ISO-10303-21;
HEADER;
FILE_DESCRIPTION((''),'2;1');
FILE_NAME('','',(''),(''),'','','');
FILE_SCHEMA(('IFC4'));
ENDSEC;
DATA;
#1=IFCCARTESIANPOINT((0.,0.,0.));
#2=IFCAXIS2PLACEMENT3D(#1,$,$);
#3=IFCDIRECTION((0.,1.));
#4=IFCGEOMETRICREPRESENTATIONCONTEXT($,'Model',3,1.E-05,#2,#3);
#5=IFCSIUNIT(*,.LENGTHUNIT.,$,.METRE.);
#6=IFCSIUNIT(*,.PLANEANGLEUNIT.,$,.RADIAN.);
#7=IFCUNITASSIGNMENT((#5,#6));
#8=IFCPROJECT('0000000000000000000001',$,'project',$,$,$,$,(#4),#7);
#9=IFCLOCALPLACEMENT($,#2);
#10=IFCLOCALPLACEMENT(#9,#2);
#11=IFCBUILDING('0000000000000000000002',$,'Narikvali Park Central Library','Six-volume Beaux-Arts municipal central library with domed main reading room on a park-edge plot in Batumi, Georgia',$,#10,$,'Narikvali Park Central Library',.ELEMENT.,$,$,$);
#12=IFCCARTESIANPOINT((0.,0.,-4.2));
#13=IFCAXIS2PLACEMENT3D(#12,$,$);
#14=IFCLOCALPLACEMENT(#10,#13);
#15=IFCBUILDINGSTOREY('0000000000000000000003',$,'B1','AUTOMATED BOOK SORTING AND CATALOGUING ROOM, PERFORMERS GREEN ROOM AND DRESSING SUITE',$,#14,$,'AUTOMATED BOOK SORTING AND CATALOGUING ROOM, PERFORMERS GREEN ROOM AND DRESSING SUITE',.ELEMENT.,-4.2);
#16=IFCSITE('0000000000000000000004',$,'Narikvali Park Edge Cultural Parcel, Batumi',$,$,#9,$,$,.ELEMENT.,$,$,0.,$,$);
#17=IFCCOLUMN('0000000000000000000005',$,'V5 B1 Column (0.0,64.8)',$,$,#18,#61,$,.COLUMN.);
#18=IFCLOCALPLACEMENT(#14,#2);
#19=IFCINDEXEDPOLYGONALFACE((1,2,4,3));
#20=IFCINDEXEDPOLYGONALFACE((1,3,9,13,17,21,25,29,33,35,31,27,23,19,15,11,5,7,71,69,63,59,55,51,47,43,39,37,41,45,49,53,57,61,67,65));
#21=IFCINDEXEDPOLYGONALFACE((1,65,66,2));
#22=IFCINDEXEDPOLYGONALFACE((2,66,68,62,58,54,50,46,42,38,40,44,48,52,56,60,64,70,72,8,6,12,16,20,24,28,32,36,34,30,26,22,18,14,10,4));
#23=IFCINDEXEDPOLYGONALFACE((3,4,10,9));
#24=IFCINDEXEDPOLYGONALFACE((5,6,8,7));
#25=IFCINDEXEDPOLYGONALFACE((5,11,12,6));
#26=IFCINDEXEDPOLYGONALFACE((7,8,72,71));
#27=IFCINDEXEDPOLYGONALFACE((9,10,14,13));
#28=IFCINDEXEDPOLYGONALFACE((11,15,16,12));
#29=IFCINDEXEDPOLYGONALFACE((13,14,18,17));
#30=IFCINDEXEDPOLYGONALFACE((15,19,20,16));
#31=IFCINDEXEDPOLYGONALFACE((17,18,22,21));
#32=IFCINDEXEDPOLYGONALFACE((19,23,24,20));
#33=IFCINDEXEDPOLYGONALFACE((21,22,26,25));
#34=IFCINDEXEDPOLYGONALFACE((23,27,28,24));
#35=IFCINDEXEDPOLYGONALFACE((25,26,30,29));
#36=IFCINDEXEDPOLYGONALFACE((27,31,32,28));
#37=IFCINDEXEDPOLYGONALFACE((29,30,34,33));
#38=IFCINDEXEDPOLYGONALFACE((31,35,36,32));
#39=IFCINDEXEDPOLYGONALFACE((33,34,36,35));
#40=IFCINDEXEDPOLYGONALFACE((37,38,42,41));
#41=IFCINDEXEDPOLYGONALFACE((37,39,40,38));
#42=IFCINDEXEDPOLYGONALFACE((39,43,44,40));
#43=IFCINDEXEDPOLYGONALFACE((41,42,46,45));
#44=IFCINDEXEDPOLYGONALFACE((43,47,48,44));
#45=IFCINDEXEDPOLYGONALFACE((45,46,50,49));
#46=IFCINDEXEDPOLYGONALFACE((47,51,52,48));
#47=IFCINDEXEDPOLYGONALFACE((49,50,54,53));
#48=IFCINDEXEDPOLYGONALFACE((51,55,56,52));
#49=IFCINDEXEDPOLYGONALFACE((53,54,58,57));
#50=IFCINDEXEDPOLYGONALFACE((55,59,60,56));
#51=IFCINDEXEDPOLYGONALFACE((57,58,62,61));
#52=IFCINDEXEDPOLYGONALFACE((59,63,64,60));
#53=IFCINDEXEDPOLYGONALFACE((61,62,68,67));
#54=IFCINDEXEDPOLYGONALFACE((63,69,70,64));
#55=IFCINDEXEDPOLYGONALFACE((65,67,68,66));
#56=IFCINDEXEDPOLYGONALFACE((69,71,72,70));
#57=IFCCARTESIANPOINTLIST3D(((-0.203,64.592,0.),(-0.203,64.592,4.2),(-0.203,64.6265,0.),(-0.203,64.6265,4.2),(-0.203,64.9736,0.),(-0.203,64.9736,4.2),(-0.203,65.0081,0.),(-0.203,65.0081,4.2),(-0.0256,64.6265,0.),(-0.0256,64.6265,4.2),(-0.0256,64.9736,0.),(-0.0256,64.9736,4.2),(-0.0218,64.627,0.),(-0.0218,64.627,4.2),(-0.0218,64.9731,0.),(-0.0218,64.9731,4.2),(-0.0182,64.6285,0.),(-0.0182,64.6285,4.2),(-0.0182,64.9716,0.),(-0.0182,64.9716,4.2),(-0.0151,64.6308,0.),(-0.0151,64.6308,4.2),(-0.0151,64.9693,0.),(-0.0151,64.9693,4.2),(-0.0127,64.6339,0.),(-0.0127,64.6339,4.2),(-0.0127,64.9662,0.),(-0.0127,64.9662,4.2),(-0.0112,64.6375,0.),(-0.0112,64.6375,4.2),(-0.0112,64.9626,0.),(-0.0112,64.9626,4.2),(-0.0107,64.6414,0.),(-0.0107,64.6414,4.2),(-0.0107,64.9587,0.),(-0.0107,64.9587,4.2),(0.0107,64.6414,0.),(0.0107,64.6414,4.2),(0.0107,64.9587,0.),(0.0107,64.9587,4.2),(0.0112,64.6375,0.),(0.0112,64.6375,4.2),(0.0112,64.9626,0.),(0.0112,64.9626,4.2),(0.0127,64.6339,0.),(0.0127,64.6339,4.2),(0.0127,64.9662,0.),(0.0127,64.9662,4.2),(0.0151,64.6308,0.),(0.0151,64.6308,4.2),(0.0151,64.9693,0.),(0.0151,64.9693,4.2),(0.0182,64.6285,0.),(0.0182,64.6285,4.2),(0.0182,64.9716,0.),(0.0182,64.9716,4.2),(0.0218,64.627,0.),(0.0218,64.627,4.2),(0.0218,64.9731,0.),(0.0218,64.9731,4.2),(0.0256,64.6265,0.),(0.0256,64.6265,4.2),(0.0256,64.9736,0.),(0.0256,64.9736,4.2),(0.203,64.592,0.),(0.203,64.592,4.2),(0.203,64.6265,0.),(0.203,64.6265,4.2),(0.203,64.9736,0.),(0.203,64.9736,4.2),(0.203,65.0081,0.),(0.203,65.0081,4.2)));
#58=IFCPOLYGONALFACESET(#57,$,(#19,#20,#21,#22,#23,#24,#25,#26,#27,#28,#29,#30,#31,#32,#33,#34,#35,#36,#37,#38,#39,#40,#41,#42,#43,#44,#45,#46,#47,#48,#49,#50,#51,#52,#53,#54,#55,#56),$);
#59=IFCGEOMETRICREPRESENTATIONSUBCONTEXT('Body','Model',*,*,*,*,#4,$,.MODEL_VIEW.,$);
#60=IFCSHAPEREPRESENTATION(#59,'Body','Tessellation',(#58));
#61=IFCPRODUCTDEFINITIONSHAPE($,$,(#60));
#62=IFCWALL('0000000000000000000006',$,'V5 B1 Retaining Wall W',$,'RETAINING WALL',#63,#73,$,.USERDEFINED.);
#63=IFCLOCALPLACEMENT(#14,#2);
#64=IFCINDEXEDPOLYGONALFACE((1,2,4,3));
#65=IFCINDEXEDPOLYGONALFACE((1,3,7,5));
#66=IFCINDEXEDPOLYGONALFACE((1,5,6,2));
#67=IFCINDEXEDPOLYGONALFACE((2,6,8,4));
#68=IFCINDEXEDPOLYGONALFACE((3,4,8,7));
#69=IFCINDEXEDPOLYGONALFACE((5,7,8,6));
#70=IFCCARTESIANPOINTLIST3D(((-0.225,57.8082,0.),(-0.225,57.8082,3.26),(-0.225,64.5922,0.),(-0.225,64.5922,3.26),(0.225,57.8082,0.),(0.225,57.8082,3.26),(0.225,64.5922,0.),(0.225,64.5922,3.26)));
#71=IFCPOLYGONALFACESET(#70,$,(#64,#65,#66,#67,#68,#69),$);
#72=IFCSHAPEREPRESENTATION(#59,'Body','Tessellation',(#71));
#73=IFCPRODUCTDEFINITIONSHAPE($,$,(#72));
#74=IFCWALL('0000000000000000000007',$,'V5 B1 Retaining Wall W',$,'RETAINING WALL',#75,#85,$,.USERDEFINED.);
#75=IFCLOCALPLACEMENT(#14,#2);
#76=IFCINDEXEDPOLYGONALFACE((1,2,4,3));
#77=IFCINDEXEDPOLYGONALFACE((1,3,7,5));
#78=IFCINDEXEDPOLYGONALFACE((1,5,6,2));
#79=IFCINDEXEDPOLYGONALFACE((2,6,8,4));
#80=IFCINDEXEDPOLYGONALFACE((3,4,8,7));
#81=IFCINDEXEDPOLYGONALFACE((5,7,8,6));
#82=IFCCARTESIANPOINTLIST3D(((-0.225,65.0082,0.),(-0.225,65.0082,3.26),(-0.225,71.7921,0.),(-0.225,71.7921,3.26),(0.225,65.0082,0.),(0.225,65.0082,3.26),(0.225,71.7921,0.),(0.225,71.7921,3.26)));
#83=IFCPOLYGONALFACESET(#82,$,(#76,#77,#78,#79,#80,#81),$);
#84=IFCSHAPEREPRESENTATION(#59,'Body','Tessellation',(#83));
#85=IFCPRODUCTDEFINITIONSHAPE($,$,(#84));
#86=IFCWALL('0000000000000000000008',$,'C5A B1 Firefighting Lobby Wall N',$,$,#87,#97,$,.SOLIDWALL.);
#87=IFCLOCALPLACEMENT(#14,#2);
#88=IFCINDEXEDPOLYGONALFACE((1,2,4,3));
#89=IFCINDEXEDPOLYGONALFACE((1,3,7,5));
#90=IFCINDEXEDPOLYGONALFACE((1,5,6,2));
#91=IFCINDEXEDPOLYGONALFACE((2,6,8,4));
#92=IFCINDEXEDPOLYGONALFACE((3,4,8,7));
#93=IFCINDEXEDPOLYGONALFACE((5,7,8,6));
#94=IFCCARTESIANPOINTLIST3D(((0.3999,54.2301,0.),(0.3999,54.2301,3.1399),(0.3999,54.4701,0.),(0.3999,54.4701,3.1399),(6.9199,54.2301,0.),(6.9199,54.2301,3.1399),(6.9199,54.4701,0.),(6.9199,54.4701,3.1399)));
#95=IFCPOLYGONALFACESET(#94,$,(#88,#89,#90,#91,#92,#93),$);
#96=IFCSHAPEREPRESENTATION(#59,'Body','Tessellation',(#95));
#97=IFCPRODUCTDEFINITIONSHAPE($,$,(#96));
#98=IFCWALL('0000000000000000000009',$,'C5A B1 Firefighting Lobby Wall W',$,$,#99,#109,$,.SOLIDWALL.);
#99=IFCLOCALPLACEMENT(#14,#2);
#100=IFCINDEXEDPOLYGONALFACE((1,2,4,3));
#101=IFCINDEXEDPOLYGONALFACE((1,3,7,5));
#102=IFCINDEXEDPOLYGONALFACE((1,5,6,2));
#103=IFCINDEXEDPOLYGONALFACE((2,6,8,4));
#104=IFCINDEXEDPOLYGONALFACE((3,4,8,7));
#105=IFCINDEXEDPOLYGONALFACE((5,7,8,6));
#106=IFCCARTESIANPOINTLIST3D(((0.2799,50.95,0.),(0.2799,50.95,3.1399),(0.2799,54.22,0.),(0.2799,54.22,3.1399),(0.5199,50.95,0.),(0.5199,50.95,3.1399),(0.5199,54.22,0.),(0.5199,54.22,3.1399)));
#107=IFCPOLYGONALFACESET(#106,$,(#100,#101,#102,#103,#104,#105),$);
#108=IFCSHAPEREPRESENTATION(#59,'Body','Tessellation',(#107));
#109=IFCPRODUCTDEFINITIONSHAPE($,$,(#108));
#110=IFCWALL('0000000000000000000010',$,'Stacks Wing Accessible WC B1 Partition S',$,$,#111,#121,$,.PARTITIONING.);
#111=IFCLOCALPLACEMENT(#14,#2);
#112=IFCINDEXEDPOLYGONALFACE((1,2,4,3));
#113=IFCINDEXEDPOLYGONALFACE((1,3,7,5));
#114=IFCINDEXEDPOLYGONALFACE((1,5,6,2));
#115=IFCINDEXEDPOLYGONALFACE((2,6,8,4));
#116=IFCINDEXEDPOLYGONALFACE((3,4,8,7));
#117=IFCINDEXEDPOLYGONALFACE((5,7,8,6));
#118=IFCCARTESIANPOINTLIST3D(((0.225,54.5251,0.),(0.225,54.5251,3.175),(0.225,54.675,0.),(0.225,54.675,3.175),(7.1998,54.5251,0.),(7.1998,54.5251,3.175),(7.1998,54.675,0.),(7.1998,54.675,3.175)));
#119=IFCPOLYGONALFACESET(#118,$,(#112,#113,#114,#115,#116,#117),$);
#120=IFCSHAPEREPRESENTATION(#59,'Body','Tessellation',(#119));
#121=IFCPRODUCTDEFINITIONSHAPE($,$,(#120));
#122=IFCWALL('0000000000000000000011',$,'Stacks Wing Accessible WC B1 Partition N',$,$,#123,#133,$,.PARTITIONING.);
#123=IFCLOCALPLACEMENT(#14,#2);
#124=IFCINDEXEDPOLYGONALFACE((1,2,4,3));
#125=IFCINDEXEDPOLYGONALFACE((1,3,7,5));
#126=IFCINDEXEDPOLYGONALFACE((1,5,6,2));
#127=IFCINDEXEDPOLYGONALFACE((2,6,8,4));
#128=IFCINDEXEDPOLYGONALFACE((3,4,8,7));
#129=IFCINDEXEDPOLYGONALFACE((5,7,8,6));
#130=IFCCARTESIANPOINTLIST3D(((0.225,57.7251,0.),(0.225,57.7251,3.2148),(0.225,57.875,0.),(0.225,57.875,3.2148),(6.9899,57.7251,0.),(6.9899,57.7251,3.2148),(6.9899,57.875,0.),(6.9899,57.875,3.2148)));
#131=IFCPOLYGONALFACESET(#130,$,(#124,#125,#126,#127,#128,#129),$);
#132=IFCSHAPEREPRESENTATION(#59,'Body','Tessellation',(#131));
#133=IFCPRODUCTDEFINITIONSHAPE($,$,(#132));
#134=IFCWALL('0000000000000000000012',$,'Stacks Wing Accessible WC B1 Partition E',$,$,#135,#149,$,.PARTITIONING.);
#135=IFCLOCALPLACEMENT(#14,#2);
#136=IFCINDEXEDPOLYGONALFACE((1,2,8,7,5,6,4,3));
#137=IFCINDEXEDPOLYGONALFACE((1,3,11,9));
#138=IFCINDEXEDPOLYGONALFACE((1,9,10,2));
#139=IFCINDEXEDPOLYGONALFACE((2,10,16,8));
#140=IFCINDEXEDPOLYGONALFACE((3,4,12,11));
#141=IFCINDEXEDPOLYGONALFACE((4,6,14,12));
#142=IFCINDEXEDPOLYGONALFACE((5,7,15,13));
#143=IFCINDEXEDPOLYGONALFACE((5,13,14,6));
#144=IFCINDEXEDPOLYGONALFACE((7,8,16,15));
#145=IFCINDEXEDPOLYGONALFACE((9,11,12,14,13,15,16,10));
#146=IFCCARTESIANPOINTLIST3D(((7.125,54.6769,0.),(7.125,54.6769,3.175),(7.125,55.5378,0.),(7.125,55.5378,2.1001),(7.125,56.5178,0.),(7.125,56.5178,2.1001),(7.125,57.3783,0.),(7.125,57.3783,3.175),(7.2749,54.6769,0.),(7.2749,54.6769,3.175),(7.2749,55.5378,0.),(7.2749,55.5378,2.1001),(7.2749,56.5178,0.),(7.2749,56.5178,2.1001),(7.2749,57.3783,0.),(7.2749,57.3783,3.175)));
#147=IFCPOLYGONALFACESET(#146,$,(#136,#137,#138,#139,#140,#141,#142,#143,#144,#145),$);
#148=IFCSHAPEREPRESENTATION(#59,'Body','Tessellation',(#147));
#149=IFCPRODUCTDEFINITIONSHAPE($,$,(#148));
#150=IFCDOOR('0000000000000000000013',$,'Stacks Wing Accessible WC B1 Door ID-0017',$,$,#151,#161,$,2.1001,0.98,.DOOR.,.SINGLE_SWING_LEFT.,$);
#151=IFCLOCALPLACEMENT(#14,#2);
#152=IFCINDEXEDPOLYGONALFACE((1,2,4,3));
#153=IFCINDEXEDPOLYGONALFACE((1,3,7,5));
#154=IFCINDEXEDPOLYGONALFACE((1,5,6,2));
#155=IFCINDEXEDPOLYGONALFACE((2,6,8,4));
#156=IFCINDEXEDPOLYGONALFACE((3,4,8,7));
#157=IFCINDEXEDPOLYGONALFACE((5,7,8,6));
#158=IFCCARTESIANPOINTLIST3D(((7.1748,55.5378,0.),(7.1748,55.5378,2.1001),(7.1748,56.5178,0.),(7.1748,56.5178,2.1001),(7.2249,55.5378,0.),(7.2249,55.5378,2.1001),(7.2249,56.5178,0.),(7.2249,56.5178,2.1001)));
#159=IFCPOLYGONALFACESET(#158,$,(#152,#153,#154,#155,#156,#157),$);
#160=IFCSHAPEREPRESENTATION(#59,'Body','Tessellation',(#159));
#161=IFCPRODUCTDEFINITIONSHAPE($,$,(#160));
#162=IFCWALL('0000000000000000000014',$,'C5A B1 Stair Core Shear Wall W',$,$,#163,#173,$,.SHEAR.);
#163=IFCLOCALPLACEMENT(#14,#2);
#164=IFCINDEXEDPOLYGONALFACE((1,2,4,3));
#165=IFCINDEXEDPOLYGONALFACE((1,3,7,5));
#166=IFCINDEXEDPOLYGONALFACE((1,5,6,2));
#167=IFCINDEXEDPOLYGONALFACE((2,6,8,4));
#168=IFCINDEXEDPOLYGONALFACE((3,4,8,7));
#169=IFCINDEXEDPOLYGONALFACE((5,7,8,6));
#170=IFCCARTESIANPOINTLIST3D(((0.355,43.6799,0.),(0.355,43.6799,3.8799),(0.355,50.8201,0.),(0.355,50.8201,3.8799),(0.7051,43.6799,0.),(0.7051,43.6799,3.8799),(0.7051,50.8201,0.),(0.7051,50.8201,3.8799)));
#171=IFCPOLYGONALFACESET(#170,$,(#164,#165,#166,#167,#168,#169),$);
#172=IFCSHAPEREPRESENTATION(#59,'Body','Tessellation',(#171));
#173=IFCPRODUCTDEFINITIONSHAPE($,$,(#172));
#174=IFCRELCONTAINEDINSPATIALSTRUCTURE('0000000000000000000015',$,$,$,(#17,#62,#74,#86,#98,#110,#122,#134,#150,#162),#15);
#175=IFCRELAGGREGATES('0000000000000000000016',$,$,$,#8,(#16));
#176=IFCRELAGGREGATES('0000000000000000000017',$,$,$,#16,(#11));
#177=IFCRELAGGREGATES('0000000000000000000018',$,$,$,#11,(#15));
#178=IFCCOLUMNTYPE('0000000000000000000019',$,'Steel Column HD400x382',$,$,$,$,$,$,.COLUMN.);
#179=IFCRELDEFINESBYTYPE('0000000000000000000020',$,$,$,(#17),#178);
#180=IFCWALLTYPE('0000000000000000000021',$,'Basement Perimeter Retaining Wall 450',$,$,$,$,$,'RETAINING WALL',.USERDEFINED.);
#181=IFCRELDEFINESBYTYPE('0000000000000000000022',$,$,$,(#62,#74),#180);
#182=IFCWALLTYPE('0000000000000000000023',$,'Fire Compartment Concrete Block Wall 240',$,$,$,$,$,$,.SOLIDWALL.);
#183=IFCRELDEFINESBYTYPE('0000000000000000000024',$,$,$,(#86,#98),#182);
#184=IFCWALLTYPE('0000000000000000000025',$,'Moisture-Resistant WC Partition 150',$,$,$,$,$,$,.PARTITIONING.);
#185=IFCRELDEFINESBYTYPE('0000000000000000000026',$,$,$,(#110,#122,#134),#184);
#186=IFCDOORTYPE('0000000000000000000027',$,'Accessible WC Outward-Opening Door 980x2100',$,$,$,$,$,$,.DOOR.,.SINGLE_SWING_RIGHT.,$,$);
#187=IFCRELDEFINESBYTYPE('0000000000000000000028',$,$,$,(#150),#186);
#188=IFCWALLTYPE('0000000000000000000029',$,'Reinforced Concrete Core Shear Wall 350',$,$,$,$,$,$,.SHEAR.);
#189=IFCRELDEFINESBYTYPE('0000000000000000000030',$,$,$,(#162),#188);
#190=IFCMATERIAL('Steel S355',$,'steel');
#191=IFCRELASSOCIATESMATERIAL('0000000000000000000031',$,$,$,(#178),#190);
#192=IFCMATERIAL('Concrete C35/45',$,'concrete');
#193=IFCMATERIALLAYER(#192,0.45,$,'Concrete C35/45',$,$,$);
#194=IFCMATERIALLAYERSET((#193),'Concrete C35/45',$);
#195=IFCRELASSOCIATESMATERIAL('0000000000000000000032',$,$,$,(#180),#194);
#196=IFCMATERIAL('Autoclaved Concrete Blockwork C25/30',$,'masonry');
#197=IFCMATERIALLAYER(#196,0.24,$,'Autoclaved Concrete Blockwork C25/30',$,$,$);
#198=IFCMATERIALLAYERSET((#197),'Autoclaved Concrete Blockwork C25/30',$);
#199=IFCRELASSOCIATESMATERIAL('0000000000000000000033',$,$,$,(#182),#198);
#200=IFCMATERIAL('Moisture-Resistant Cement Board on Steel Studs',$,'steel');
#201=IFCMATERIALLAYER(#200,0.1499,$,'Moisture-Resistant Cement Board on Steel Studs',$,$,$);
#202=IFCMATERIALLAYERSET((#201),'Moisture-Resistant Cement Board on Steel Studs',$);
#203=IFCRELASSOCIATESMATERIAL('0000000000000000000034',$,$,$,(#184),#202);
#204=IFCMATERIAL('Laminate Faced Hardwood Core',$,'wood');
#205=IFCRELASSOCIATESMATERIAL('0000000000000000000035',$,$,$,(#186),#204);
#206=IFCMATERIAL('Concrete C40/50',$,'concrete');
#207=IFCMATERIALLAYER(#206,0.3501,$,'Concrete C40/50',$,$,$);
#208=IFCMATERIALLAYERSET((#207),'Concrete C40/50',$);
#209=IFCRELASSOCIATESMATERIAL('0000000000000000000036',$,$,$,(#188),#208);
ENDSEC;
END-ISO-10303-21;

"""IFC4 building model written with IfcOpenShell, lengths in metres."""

from ifc_helpers import new_model, si_unit, direction, frame, frame_2d, origin, origin_2d, place, context, subcontext, project, spatial, rectangle, i_section, extrude, material, layer, layer_set, material_profile, profile_set, type_object, element, fill, save


model = new_model("IFC4")

# Units and contexts
model_context = context("Model", 3, precision=1e-05, world=origin(), true_north=direction((0.0, 1.0)))
body_context = subcontext(model_context, "Body", "Model", "MODEL_VIEW")
ifc_project = project(units=[si_unit("LENGTHUNIT", "METRE"), si_unit("PLANEANGLEUNIT", "RADIAN")], contexts=[model_context])

# Site, building, storey
site_placement = place(None, origin())
site = spatial("IfcSite", under=ifc_project, at=site_placement, Name="Narikvali Park Edge Cultural Parcel, Batumi", CompositionType="ELEMENT", RefElevation=0.0)
building_placement = place(site_placement, origin())
building = spatial("IfcBuilding", under=site, at=building_placement, Name="Narikvali Park Central Library", Description="Six-volume Beaux-Arts municipal central library with domed main reading room on a park-edge plot in Batumi, Georgia", LongName="Narikvali Park Central Library", CompositionType="ELEMENT")
storey_placement = place(building_placement, frame((0.0, 0.0, -4.2)))
storey = spatial("IfcBuildingStorey", under=building, at=storey_placement, Name="B1", Description="AUTOMATED BOOK SORTING AND CATALOGUING ROOM, PERFORMERS GREEN ROOM AND DRESSING SUITE", LongName="AUTOMATED BOOK SORTING AND CATALOGUING ROOM, PERFORMERS GREEN ROOM AND DRESSING SUITE", CompositionType="ELEMENT", Elevation=-4.2)

# Shared definitions
ifc_material_1 = material(Name="Concrete C35/45", Category="concrete")

# Column
ifc_material_2 = material(Name="Steel S355", Category="steel")
ifc_material_profile_1 = material_profile(ifc_material_2, i_section(OverallWidth=0.406, OverallDepth=0.416, WebThickness=0.0215, FlangeThickness=0.0344, FilletRadius=0.0149, at=origin_2d()), Name="HD 400x382")
ifc_profile_set_1 = profile_set([ifc_material_profile_1], Name="Steel S355")
column_type_1 = type_object("IfcColumnType", Name="Steel Column HD400x382", PredefinedType="COLUMN", material=ifc_profile_set_1)
for number, where, z_axis, x_axis, name in (
    (1, (0.0, 64.8, 0.0), (0.0, 0.0, 1.0), (1.0, 0.0, 0.0), "V5 B1 Column (0.0,64.8)"),
):
    element("IfcColumn", number, at=place(storey_placement, frame(where, z_axis=z_axis, x_axis=x_axis)), inside=storey, type_object=column_type_1, Name=name, PredefinedType="COLUMN", context=body_context, shape_type="SweptSolid", body=[
        extrude(i_section(OverallWidth=0.406, OverallDepth=0.416, WebThickness=0.0215, FlangeThickness=0.0344, FilletRadius=0.0149, at=origin_2d()), origin(), (0.0, 0.0, 1.0), 4.2),
    ])

# Walls
ifc_layer_1 = layer(ifc_material_1, 0.45, Name="Concrete C35/45")
ifc_layer_set_1 = layer_set([ifc_layer_1], Name="Concrete C35/45")
wall_type_1 = type_object("IfcWallType", Name="Basement Perimeter Retaining Wall 450", ElementType="RETAINING WALL", PredefinedType="USERDEFINED", material=ifc_layer_set_1)
for number, where, z_axis, x_axis, name in (
    (2, (0.0, 57.8081, 0.0), (0.0, 0.0, 1.0), (0.0, 1.0, 0.0), "V5 B1 Retaining Wall W"),
    (3, (0.0, 65.0081, 0.0), (0.0, 0.0, 1.0), (0.0, 1.0, 0.0), "V5 B1 Retaining Wall W"),
):
    element("IfcWall", number, at=place(storey_placement, frame(where, z_axis=z_axis, x_axis=x_axis)), inside=storey, type_object=wall_type_1, Name=name, ObjectType="RETAINING WALL", PredefinedType="USERDEFINED", context=body_context, shape_type="SweptSolid", body=[
        extrude(rectangle(XDim=6.7839, YDim=0.45, at=frame_2d((3.3921, 0.0))), origin(), (0.0, 0.0, 1.0), 3.26),
    ])

# Shared definitions
ifc_material_3 = material(Name="Autoclaved Concrete Blockwork C25/30", Category="masonry")
ifc_layer_2 = layer(ifc_material_3, 0.24, Name="Autoclaved Concrete Blockwork C25/30")
ifc_layer_set_2 = layer_set([ifc_layer_2], Name="Autoclaved Concrete Blockwork C25/30")
wall_type_2 = type_object("IfcWallType", Name="Fire Compartment Concrete Block Wall 240", PredefinedType="SOLIDWALL", material=ifc_layer_set_2)

# Walls
wall_1_placement = place(storey_placement, frame((0.3999, 54.3501, 0.0), z_axis=(0.0, 0.0, 1.0), x_axis=(1.0, 0.0, 0.0)))
element("IfcWall", 4, at=wall_1_placement, inside=storey, type_object=wall_type_2, Name="C5A B1 Firefighting Lobby Wall N", PredefinedType="SOLIDWALL", context=body_context, shape_type="SweptSolid", body=[
    extrude(rectangle(XDim=6.52, YDim=0.24, at=frame_2d((3.26, 0.0))), origin(), (0.0, 0.0, 1.0), 3.1399),
])
wall_2_placement = place(storey_placement, frame((0.3999, 50.95, 0.0), z_axis=(0.0, 0.0, 1.0), x_axis=(0.0, 1.0, 0.0)))
element("IfcWall", 5, at=wall_2_placement, inside=storey, type_object=wall_type_2, Name="C5A B1 Firefighting Lobby Wall W", PredefinedType="SOLIDWALL", context=body_context, shape_type="SweptSolid", body=[
    extrude(rectangle(XDim=3.27, YDim=0.24, at=frame_2d((1.635, 0.0))), origin(), (0.0, 0.0, 1.0), 3.1399),
])
ifc_material_4 = material(Name="Moisture-Resistant Cement Board on Steel Studs", Category="steel")
ifc_layer_3 = layer(ifc_material_4, 0.1499, Name="Moisture-Resistant Cement Board on Steel Studs")
ifc_layer_set_3 = layer_set([ifc_layer_3], Name="Moisture-Resistant Cement Board on Steel Studs")
wall_type_3 = type_object("IfcWallType", Name="Moisture-Resistant WC Partition 150", PredefinedType="PARTITIONING", material=ifc_layer_set_3)
wall_3_placement = place(storey_placement, frame((0.2251, 54.6001, 0.0), z_axis=(0.0, 0.0, 1.0), x_axis=(1.0, 0.0, 0.0)))
element("IfcWall", 6, at=wall_3_placement, inside=storey, type_object=wall_type_3, Name="Stacks Wing Accessible WC B1 Partition S", PredefinedType="PARTITIONING", context=body_context, shape_type="SweptSolid", body=[
    extrude(rectangle(XDim=6.9749, YDim=0.1499, at=frame_2d((3.4873, 0.0))), origin(), (0.0, 0.0, 1.0), 3.175),
])
wall_4_placement = place(storey_placement, frame((0.2251, 57.8, 0.0), z_axis=(0.0, 0.0, 1.0), x_axis=(1.0, 0.0, 0.0)))
element("IfcWall", 7, at=wall_4_placement, inside=storey, type_object=wall_type_3, Name="Stacks Wing Accessible WC B1 Partition N", PredefinedType="PARTITIONING", context=body_context, shape_type="SweptSolid", body=[
    extrude(rectangle(XDim=6.7649, YDim=0.1499, at=frame_2d((3.3823, 0.0))), origin(), (0.0, 0.0, 1.0), 3.2148),
])

# Wall, opening, door
wall_5_placement = place(storey_placement, frame((7.2, 54.677, 0.0), z_axis=(0.0, 0.0, 1.0), x_axis=(0.0, 1.0, 0.0)))
wall_5 = element("IfcWall", 8, at=wall_5_placement, inside=storey, type_object=wall_type_3, Name="Stacks Wing Accessible WC B1 Partition E", PredefinedType="PARTITIONING", context=body_context, shape_type="SweptSolid", body=[
    extrude(rectangle(XDim=2.7014, YDim=0.1499, at=frame_2d((1.3506, 0.0))), origin(), (0.0, 0.0, 1.0), 3.175),
])
opening_1_placement = place(wall_5_placement, frame((0.8608, 0.0, 0.0)))
opening_1 = element("IfcOpeningElement", 9, at=opening_1_placement, cuts=wall_5, PredefinedType="OPENING", context=body_context, shape_type="SweptSolid", body=[
    extrude(rectangle(XDim=0.98, YDim=2.1001, at=frame_2d((0.49, 1.05))), frame((0.0, 0.0869, 0.0), z_axis=(0.0, -1.0, 0.0), x_axis=(1.0, 0.0, 0.0)), (0.0, 0.0, 1.0), 0.1738),
])
ifc_material_5 = material(Name="Laminate Faced Hardwood Core", Category="wood")
door_type_1 = type_object("IfcDoorType", Name="Accessible WC Outward-Opening Door 980x2100", OperationType="SINGLE_SWING_RIGHT", PredefinedType="DOOR", material=ifc_material_5)
door_1_placement = place(opening_1_placement, frame((0.98, 0.0, 0.0), z_axis=(0.0, 0.0, 1.0), x_axis=(-1.0, 0.0, 0.0)))
door_1 = element("IfcDoor", 10, at=door_1_placement, inside=storey, type_object=door_type_1, Name="Stacks Wing Accessible WC B1 Door ID-0017", OperationType="SINGLE_SWING_LEFT", OverallHeight=2.1001, OverallWidth=0.98, PredefinedType="DOOR", context=body_context, shape_type="SweptSolid", body=[
    extrude(rectangle(XDim=0.98, YDim=2.1001, at=frame_2d((0.49, 1.05))), frame((0.0, 0.0249, 0.0), z_axis=(0.0, -1.0, 0.0), x_axis=(1.0, 0.0, 0.0)), (0.0, 0.0, 1.0), 0.05),
])
fill(opening_1, door_1)
ifc_material_6 = material(Name="Concrete C40/50", Category="concrete")
ifc_layer_4 = layer(ifc_material_6, 0.3501, Name="Concrete C40/50")
ifc_layer_set_4 = layer_set([ifc_layer_4], Name="Concrete C40/50")
wall_type_4 = type_object("IfcWallType", Name="Reinforced Concrete Core Shear Wall 350", PredefinedType="SHEAR", material=ifc_layer_set_4)

# Wall
wall_6_placement = place(storey_placement, frame((0.53, 50.8201, 0.0), z_axis=(0.0, 0.0, 1.0), x_axis=(0.0, -1.0, 0.0)))
element("IfcWall", 11, at=wall_6_placement, inside=storey, type_object=wall_type_4, Name="C5A B1 Stair Core Shear Wall W", PredefinedType="SHEAR", context=body_context, shape_type="SweptSolid", body=[
    extrude(rectangle(XDim=7.1401, YDim=0.3501, at=frame_2d((3.5701, 0.0))), origin(), (0.0, 0.0, 1.0), 3.8799),
])

save(model, "model.ifc")
